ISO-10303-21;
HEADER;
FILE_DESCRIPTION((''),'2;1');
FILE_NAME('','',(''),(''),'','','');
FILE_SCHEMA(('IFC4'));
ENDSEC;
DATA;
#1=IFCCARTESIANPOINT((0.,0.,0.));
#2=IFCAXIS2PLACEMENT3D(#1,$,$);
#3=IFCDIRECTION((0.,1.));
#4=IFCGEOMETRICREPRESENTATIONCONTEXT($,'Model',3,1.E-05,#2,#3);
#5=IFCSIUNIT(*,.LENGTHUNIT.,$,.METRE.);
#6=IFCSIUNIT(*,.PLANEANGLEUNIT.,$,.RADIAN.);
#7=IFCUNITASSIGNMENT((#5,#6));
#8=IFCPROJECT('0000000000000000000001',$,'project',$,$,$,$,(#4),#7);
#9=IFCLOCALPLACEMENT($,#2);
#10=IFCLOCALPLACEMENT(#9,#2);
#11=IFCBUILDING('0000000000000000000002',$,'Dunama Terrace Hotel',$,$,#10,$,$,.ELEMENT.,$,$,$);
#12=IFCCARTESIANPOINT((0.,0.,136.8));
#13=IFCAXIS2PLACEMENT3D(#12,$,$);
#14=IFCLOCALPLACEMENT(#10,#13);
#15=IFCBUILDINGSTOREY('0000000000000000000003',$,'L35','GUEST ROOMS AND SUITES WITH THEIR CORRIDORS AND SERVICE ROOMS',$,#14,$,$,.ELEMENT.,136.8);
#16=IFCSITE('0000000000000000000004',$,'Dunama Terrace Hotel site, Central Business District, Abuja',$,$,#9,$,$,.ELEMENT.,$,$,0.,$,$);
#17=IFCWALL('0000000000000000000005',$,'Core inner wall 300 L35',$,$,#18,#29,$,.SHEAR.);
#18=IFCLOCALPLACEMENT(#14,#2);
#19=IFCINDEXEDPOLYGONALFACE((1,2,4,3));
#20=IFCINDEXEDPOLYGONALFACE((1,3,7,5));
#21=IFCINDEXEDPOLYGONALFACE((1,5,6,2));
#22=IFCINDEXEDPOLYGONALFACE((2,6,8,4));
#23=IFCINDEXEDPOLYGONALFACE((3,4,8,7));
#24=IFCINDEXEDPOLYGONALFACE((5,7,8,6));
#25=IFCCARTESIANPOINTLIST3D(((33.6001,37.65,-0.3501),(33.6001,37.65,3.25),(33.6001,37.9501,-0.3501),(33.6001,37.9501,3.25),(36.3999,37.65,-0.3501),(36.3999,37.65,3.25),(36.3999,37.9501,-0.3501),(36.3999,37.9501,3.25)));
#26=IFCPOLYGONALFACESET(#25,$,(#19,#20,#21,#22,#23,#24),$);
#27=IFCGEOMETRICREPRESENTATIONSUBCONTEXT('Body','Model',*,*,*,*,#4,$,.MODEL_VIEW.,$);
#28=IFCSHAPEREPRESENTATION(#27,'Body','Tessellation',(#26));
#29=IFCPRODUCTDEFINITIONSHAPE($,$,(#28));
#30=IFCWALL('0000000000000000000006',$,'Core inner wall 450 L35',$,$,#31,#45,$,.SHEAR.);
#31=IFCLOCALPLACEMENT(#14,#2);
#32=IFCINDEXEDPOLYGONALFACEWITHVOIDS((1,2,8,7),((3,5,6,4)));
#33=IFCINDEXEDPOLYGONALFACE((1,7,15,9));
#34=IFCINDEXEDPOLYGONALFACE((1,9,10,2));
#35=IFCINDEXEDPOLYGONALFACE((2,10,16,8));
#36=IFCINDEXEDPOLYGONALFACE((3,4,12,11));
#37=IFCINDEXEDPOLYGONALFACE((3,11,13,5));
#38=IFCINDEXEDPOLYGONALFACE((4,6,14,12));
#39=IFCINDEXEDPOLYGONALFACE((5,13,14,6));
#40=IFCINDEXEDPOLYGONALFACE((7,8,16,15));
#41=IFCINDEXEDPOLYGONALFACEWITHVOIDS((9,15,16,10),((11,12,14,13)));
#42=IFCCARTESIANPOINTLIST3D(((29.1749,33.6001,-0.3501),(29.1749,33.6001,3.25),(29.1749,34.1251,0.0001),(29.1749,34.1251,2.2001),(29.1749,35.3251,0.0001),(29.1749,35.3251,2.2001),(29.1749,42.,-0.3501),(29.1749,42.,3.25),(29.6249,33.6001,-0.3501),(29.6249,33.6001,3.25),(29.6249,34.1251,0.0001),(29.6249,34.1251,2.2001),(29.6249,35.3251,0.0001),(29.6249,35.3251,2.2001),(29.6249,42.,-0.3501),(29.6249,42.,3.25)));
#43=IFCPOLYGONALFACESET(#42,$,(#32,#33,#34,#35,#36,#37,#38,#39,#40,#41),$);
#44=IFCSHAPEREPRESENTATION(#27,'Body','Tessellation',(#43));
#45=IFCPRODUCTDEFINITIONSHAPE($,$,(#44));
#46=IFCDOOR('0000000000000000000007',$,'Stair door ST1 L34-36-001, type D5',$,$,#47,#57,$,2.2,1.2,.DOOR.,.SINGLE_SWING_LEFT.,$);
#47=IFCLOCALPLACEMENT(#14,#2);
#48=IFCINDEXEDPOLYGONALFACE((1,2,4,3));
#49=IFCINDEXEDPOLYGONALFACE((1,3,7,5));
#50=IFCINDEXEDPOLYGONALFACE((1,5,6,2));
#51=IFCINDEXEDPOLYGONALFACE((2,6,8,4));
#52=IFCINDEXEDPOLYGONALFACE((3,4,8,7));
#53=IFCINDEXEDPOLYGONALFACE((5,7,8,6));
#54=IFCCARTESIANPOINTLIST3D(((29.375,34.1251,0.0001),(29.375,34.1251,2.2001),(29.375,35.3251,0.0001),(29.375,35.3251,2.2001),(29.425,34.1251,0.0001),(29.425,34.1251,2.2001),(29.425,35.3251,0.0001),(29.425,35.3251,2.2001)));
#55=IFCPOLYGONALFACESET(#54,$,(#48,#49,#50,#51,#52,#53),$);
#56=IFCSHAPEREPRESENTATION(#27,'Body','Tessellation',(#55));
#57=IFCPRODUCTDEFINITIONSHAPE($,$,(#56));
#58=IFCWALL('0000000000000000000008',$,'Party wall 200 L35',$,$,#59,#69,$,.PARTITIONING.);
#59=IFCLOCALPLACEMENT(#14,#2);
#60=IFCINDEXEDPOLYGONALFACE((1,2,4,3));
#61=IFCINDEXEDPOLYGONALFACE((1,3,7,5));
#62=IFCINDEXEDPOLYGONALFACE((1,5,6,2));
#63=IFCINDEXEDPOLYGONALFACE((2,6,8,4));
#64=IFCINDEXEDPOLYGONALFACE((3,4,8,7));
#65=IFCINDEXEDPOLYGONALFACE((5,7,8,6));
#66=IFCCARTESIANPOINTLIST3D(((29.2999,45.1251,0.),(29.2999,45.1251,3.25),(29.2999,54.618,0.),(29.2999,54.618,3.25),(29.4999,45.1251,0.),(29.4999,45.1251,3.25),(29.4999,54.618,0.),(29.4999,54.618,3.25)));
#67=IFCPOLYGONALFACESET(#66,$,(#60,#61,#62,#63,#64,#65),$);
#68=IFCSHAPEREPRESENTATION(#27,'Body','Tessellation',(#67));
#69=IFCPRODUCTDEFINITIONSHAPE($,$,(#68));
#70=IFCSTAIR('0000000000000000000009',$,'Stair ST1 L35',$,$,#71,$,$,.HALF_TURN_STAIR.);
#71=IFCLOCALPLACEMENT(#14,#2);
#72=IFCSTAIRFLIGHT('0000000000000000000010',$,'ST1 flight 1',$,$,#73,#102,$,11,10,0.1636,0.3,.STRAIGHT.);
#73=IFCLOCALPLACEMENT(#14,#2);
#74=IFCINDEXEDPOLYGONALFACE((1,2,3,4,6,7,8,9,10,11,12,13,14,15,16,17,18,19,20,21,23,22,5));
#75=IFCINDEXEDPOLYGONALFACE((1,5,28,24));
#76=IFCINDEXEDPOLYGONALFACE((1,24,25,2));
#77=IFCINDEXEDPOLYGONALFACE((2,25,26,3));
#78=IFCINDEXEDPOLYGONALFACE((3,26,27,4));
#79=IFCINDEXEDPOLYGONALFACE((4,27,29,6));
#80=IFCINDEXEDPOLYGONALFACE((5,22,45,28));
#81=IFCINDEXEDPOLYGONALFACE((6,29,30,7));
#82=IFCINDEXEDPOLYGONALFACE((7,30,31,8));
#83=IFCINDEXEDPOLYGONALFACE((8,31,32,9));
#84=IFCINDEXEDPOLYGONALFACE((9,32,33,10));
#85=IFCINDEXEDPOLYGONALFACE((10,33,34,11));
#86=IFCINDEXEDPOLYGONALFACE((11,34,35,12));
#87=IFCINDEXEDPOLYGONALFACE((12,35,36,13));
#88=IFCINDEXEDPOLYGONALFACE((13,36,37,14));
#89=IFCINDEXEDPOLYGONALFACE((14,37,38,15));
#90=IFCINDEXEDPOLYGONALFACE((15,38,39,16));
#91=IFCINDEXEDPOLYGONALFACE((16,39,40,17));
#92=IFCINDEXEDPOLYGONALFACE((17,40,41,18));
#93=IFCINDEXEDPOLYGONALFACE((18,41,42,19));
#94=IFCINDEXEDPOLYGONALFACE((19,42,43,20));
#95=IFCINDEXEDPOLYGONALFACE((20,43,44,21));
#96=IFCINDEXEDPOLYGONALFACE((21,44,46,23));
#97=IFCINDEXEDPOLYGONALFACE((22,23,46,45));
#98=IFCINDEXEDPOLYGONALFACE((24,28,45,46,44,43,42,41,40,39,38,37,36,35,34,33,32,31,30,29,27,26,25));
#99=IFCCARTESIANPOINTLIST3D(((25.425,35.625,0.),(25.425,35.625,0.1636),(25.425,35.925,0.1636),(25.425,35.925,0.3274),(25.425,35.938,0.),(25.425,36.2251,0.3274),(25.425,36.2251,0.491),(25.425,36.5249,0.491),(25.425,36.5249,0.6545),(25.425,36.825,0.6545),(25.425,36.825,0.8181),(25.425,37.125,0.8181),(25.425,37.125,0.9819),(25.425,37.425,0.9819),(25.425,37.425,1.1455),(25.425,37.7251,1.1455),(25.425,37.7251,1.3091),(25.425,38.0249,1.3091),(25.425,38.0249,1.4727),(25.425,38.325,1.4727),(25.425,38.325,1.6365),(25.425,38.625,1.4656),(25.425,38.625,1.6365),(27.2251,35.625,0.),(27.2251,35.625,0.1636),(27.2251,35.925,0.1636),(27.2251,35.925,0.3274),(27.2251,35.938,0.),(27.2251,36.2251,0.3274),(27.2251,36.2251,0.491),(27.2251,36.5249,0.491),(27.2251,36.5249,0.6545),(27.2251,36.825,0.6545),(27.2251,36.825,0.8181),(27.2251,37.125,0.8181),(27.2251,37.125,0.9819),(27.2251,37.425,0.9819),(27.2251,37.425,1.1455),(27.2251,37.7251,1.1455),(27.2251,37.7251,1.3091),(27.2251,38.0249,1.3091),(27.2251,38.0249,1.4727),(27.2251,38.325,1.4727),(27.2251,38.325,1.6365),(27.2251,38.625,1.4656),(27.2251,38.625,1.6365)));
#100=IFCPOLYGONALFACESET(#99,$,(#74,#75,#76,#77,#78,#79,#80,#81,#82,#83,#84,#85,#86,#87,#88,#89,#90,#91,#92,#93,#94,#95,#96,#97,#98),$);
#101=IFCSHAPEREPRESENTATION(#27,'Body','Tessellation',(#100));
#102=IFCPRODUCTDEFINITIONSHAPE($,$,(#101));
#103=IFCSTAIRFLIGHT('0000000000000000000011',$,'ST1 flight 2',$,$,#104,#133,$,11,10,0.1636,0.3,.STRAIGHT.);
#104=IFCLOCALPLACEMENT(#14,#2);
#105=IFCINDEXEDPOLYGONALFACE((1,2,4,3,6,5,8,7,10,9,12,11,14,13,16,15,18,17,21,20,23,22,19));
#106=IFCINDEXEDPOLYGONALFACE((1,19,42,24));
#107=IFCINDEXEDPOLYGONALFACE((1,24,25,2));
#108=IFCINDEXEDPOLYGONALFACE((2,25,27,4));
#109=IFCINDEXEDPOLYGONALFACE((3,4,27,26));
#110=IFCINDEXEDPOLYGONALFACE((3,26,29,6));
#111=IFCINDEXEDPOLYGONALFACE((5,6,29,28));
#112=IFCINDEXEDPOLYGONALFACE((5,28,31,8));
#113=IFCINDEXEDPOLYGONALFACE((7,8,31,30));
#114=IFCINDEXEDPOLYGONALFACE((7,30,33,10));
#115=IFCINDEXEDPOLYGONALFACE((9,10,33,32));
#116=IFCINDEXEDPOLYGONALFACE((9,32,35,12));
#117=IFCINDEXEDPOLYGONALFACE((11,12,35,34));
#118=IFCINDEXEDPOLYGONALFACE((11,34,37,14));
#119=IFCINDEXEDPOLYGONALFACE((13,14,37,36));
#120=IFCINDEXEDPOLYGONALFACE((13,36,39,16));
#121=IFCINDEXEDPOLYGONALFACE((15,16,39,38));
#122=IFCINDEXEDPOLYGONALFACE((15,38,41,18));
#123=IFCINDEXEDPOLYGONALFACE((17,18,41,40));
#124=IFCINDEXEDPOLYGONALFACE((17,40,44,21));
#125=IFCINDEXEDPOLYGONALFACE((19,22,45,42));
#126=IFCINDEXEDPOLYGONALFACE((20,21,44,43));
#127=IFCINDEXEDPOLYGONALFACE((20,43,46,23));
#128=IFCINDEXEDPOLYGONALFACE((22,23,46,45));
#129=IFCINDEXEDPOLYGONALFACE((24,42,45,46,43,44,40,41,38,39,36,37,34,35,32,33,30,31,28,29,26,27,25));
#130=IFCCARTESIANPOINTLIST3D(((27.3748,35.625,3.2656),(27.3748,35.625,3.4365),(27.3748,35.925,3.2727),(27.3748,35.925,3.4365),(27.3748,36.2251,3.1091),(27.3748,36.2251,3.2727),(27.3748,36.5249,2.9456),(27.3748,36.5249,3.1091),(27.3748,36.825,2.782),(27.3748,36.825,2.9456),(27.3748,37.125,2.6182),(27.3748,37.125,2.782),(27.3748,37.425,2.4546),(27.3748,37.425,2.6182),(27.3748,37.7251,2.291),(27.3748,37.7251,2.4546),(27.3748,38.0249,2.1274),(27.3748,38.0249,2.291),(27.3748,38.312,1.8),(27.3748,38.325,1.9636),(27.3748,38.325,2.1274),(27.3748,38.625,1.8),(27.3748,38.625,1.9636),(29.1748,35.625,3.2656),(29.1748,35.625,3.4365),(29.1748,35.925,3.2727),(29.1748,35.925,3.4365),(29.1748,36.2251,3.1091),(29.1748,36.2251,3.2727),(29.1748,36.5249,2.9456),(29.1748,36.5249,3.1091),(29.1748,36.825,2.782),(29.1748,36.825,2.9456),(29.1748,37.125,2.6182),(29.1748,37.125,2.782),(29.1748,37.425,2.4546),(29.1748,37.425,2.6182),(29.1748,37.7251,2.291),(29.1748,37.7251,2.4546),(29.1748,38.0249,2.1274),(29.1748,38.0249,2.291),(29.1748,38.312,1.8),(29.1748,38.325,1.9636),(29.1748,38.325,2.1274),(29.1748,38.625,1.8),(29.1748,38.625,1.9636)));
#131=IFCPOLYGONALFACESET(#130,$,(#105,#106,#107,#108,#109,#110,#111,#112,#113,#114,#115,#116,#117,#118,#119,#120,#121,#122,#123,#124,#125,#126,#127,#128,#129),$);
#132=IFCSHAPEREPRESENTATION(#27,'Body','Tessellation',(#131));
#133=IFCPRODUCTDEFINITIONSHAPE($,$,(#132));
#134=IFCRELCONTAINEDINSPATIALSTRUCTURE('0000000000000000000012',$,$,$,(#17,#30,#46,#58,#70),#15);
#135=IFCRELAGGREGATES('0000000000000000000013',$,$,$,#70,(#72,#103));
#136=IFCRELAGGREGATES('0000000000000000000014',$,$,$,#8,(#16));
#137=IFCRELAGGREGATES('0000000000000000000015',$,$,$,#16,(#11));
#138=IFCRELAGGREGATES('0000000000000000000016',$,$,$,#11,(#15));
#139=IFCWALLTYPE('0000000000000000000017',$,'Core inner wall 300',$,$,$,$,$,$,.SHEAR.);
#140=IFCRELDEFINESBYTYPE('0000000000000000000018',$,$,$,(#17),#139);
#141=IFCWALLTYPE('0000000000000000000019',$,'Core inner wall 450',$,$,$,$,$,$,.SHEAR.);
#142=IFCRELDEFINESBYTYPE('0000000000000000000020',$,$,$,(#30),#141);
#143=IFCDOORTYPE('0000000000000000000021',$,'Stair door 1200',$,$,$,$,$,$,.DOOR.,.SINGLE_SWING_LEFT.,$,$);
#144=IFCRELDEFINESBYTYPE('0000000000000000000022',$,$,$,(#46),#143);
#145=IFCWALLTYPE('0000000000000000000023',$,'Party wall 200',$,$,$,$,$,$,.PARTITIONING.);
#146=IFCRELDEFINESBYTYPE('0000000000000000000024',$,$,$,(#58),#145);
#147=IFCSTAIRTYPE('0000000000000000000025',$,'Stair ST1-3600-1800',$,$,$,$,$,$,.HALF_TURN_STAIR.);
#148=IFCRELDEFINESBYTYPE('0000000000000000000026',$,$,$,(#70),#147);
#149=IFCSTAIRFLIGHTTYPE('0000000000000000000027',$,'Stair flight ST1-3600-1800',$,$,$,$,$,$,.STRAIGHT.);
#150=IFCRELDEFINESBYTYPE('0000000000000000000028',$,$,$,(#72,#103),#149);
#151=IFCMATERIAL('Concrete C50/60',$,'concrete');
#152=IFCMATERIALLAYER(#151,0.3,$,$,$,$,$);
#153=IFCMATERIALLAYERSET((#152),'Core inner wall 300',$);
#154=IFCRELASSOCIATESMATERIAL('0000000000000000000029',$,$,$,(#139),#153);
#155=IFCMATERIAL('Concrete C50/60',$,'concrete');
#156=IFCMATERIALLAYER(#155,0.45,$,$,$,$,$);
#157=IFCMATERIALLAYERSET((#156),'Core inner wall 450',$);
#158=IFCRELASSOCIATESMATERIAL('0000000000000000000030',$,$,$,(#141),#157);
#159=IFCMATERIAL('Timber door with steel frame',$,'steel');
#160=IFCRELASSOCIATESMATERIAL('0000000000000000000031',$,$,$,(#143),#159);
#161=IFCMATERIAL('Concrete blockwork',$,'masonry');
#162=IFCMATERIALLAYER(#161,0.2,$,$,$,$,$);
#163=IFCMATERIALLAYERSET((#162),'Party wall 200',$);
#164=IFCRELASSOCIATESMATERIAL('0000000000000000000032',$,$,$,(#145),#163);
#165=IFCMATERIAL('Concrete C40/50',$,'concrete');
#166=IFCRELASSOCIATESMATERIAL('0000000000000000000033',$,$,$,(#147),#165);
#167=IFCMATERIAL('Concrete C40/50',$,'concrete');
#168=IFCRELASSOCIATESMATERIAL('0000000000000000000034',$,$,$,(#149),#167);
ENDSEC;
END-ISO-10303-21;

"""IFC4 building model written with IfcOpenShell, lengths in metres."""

from ifc_helpers import new_model, si_unit, direction, frame, frame_2d, origin, place, context, subcontext, project, spatial, polyline, rectangle, outline, extrude, material, layer, layer_set, type_object, element, fill, aggregate, save


model = new_model("IFC4")

# Units and contexts
model_context = context("Model", 3, precision=1e-05, world=origin(), true_north=direction((0.0, 1.0)))
body_context = subcontext(model_context, "Body", "Model", "MODEL_VIEW")
ifc_project = project(units=[si_unit("LENGTHUNIT", "METRE"), si_unit("PLANEANGLEUNIT", "RADIAN")], contexts=[model_context])

# Site, building, storey
site_placement = place(None, origin())
site = spatial("IfcSite", under=ifc_project, at=site_placement, Name="Dunama Terrace Hotel site, Central Business District, Abuja", CompositionType="ELEMENT", RefElevation=0.0)
building_placement = place(site_placement, origin())
building = spatial("IfcBuilding", under=site, at=building_placement, Name="Dunama Terrace Hotel", CompositionType="ELEMENT")
storey_placement = place(building_placement, frame((0.0, 0.0, 136.8)))
storey = spatial("IfcBuildingStorey", under=building, at=storey_placement, Name="L35", Description="GUEST ROOMS AND SUITES WITH THEIR CORRIDORS AND SERVICE ROOMS", CompositionType="ELEMENT", Elevation=136.8)

# Shared definitions
ifc_material_1 = material(Name="Concrete C50/60", Category="concrete")
ifc_layer_1 = layer(ifc_material_1, 0.3)
ifc_layer_set_1 = layer_set([ifc_layer_1], Name="Core inner wall 300")
wall_type_1 = type_object("IfcWallType", Name="Core inner wall 300", PredefinedType="SHEAR", material=ifc_layer_set_1)

# Wall
wall_1_placement = place(storey_placement, frame((33.6001, 37.8, -0.3501), z_axis=(0.0, 0.0, 1.0), x_axis=(1.0, 0.0, 0.0)))
element("IfcWall", 1, at=wall_1_placement, inside=storey, type_object=wall_type_1, Name="Core inner wall 300 L35", PredefinedType="SHEAR", context=body_context, shape_type="SweptSolid", body=[
    extrude(rectangle(XDim=2.7998, YDim=0.3, at=frame_2d((1.3999, 0.0))), origin(), (0.0, 0.0, 1.0), 3.6001),
])

# Wall, opening, door
ifc_material_2 = material(Name="Concrete C50/60", Category="concrete")
ifc_layer_2 = layer(ifc_material_2, 0.45)
ifc_layer_set_2 = layer_set([ifc_layer_2], Name="Core inner wall 450")
wall_type_2 = type_object("IfcWallType", Name="Core inner wall 450", PredefinedType="SHEAR", material=ifc_layer_set_2)
wall_2_placement = place(storey_placement, frame((29.3999, 33.6001, -0.3501), z_axis=(0.0, 0.0, 1.0), x_axis=(0.0, 1.0, 0.0)))
wall_2 = element("IfcWall", 2, at=wall_2_placement, inside=storey, type_object=wall_type_2, Name="Core inner wall 450 L35", PredefinedType="SHEAR", context=body_context, shape_type="SweptSolid", body=[
    extrude(rectangle(XDim=8.3999, YDim=0.45, at=frame_2d((4.2, 0.0))), origin(), (0.0, 0.0, 1.0), 3.6001),
])
opening_1_placement = place(wall_2_placement, frame((0.5249, 0.0, 0.3501)))
opening_1 = element("IfcOpeningElement", 3, at=opening_1_placement, cuts=wall_2, PredefinedType="OPENING", context=body_context, shape_type="SweptSolid", body=[
    extrude(rectangle(XDim=1.2, YDim=2.2, at=frame_2d((0.6001, 1.1001))), frame((0.0, 0.2349, 0.0), z_axis=(0.0, -1.0, 0.0), x_axis=(1.0, 0.0, 0.0)), (0.0, 0.0, 1.0), 0.47),
])
ifc_material_3 = material(Name="Timber door with steel frame", Category="steel")
door_type_1 = type_object("IfcDoorType", Name="Stair door 1200", OperationType="SINGLE_SWING_LEFT", PredefinedType="DOOR", material=ifc_material_3)
door_1_placement = place(opening_1_placement, origin())
door_1 = element("IfcDoor", 4, at=door_1_placement, inside=storey, type_object=door_type_1, Name="Stair door ST1 L34-36-001, type D5", OperationType="SINGLE_SWING_LEFT", OverallHeight=2.2, OverallWidth=1.2, PredefinedType="DOOR", context=body_context, shape_type="SweptSolid", body=[
    extrude(rectangle(XDim=1.2, YDim=2.2, at=frame_2d((0.6001, 1.1001))), frame((0.0, 0.0249, 0.0), z_axis=(0.0, -1.0, 0.0), x_axis=(1.0, 0.0, 0.0)), (0.0, 0.0, 1.0), 0.05),
])
fill(opening_1, door_1)

# Wall
ifc_material_4 = material(Name="Concrete blockwork", Category="masonry")
ifc_layer_3 = layer(ifc_material_4, 0.2)
ifc_layer_set_3 = layer_set([ifc_layer_3], Name="Party wall 200")
wall_type_3 = type_object("IfcWallType", Name="Party wall 200", PredefinedType="PARTITIONING", material=ifc_layer_set_3)
wall_3_placement = place(storey_placement, frame((29.3999, 45.125, 0.0), z_axis=(0.0, 0.0, 1.0), x_axis=(0.0, 1.0, 0.0)))
element("IfcWall", 5, at=wall_3_placement, inside=storey, type_object=wall_type_3, Name="Party wall 200 L35", PredefinedType="PARTITIONING", context=body_context, shape_type="SweptSolid", body=[
    extrude(rectangle(XDim=9.4929, YDim=0.2, at=frame_2d((4.7466, 0.0))), origin(), (0.0, 0.0, 1.0), 3.25),
])

# Stair, stair flights
ifc_material_5 = material(Name="Concrete C40/50", Category="concrete")
stair_type = type_object("IfcStairType", Name="Stair ST1-3600-1800", PredefinedType="HALF_TURN_STAIR", material=ifc_material_5)
stair_placement = place(storey_placement, origin())
stair = element("IfcStair", 6, at=stair_placement, inside=storey, type_object=stair_type, Name="Stair ST1 L35", PredefinedType="HALF_TURN_STAIR")
ifc_material_6 = material(Name="Concrete C40/50", Category="concrete")
stair_flight_type = type_object("IfcStairFlightType", Name="Stair flight ST1-3600-1800", PredefinedType="STRAIGHT", material=ifc_material_6)
stair_flight_1_placement = place(storey_placement, frame((26.325, 35.625, 0.0), z_axis=(0.0, 0.0, 1.0), x_axis=(0.0, 1.0, 0.0)))
stair_flight_1 = element("IfcStairFlight", 7, at=stair_flight_1_placement, type_object=stair_flight_type, Name="ST1 flight 1", NumberOfRisers=11, NumberOfTreads=10, PredefinedType="STRAIGHT", RiserHeight=0.1636, TreadLength=0.3, context=body_context, shape_type="SweptSolid", body=[
    extrude(outline(polyline([(0.0, 0.0), (0.0, 0.1636), (0.3, 0.1636), (0.3, 0.3274), (0.6001, 0.3274), (0.6001, 0.491), (0.8999, 0.491), (0.8999, 0.6545), (1.2, 0.6545), (1.2, 0.8181), (1.5, 0.8181), (1.5, 0.9819), (1.8, 0.9819), (1.8, 1.1455), (2.1001, 1.1455), (2.1001, 1.3091), (2.3999, 1.3091), (2.3999, 1.4727), (2.7, 1.4727), (2.7, 1.6365), (3.0, 1.6365), (3.0, 1.8), (3.0, 1.4656), (0.313, 0.0), (0.0, 0.0)])), frame((0.0, 0.8999, 0.0), z_axis=(0.0, -1.0, 0.0), x_axis=(1.0, 0.0, 0.0)), (0.0, 0.0, 1.0), 1.8),
])
stair_flight_2_placement = place(storey_placement, frame((28.2749, 38.625, 1.8), z_axis=(0.0, 0.0, 1.0), x_axis=(0.0, -1.0, 0.0)))
stair_flight_2 = element("IfcStairFlight", 8, at=stair_flight_2_placement, type_object=stair_flight_type, Name="ST1 flight 2", NumberOfRisers=11, NumberOfTreads=10, PredefinedType="STRAIGHT", RiserHeight=0.1636, TreadLength=0.3, context=body_context, shape_type="SweptSolid", body=[
    extrude(outline(polyline([(0.0, 0.0), (0.0, 0.1636), (0.3, 0.1636), (0.3, 0.3274), (0.6001, 0.3274), (0.6001, 0.491), (0.8999, 0.491), (0.8999, 0.6545), (1.2, 0.6545), (1.2, 0.8181), (1.5, 0.8181), (1.5, 0.9819), (1.8, 0.9819), (1.8, 1.1455), (2.1001, 1.1455), (2.1001, 1.3091), (2.3999, 1.3091), (2.3999, 1.4727), (2.7, 1.4727), (2.7, 1.6365), (3.0, 1.6365), (3.0, 1.8), (3.0, 1.4656), (0.313, 0.0), (0.0, 0.0)])), frame((0.0, 0.8999, 0.0), z_axis=(0.0, -1.0, 0.0), x_axis=(1.0, 0.0, 0.0)), (0.0, 0.0, 1.0), 1.8),
])
aggregate(stair, [stair_flight_1, stair_flight_2])

save(model, "model.ifc")
